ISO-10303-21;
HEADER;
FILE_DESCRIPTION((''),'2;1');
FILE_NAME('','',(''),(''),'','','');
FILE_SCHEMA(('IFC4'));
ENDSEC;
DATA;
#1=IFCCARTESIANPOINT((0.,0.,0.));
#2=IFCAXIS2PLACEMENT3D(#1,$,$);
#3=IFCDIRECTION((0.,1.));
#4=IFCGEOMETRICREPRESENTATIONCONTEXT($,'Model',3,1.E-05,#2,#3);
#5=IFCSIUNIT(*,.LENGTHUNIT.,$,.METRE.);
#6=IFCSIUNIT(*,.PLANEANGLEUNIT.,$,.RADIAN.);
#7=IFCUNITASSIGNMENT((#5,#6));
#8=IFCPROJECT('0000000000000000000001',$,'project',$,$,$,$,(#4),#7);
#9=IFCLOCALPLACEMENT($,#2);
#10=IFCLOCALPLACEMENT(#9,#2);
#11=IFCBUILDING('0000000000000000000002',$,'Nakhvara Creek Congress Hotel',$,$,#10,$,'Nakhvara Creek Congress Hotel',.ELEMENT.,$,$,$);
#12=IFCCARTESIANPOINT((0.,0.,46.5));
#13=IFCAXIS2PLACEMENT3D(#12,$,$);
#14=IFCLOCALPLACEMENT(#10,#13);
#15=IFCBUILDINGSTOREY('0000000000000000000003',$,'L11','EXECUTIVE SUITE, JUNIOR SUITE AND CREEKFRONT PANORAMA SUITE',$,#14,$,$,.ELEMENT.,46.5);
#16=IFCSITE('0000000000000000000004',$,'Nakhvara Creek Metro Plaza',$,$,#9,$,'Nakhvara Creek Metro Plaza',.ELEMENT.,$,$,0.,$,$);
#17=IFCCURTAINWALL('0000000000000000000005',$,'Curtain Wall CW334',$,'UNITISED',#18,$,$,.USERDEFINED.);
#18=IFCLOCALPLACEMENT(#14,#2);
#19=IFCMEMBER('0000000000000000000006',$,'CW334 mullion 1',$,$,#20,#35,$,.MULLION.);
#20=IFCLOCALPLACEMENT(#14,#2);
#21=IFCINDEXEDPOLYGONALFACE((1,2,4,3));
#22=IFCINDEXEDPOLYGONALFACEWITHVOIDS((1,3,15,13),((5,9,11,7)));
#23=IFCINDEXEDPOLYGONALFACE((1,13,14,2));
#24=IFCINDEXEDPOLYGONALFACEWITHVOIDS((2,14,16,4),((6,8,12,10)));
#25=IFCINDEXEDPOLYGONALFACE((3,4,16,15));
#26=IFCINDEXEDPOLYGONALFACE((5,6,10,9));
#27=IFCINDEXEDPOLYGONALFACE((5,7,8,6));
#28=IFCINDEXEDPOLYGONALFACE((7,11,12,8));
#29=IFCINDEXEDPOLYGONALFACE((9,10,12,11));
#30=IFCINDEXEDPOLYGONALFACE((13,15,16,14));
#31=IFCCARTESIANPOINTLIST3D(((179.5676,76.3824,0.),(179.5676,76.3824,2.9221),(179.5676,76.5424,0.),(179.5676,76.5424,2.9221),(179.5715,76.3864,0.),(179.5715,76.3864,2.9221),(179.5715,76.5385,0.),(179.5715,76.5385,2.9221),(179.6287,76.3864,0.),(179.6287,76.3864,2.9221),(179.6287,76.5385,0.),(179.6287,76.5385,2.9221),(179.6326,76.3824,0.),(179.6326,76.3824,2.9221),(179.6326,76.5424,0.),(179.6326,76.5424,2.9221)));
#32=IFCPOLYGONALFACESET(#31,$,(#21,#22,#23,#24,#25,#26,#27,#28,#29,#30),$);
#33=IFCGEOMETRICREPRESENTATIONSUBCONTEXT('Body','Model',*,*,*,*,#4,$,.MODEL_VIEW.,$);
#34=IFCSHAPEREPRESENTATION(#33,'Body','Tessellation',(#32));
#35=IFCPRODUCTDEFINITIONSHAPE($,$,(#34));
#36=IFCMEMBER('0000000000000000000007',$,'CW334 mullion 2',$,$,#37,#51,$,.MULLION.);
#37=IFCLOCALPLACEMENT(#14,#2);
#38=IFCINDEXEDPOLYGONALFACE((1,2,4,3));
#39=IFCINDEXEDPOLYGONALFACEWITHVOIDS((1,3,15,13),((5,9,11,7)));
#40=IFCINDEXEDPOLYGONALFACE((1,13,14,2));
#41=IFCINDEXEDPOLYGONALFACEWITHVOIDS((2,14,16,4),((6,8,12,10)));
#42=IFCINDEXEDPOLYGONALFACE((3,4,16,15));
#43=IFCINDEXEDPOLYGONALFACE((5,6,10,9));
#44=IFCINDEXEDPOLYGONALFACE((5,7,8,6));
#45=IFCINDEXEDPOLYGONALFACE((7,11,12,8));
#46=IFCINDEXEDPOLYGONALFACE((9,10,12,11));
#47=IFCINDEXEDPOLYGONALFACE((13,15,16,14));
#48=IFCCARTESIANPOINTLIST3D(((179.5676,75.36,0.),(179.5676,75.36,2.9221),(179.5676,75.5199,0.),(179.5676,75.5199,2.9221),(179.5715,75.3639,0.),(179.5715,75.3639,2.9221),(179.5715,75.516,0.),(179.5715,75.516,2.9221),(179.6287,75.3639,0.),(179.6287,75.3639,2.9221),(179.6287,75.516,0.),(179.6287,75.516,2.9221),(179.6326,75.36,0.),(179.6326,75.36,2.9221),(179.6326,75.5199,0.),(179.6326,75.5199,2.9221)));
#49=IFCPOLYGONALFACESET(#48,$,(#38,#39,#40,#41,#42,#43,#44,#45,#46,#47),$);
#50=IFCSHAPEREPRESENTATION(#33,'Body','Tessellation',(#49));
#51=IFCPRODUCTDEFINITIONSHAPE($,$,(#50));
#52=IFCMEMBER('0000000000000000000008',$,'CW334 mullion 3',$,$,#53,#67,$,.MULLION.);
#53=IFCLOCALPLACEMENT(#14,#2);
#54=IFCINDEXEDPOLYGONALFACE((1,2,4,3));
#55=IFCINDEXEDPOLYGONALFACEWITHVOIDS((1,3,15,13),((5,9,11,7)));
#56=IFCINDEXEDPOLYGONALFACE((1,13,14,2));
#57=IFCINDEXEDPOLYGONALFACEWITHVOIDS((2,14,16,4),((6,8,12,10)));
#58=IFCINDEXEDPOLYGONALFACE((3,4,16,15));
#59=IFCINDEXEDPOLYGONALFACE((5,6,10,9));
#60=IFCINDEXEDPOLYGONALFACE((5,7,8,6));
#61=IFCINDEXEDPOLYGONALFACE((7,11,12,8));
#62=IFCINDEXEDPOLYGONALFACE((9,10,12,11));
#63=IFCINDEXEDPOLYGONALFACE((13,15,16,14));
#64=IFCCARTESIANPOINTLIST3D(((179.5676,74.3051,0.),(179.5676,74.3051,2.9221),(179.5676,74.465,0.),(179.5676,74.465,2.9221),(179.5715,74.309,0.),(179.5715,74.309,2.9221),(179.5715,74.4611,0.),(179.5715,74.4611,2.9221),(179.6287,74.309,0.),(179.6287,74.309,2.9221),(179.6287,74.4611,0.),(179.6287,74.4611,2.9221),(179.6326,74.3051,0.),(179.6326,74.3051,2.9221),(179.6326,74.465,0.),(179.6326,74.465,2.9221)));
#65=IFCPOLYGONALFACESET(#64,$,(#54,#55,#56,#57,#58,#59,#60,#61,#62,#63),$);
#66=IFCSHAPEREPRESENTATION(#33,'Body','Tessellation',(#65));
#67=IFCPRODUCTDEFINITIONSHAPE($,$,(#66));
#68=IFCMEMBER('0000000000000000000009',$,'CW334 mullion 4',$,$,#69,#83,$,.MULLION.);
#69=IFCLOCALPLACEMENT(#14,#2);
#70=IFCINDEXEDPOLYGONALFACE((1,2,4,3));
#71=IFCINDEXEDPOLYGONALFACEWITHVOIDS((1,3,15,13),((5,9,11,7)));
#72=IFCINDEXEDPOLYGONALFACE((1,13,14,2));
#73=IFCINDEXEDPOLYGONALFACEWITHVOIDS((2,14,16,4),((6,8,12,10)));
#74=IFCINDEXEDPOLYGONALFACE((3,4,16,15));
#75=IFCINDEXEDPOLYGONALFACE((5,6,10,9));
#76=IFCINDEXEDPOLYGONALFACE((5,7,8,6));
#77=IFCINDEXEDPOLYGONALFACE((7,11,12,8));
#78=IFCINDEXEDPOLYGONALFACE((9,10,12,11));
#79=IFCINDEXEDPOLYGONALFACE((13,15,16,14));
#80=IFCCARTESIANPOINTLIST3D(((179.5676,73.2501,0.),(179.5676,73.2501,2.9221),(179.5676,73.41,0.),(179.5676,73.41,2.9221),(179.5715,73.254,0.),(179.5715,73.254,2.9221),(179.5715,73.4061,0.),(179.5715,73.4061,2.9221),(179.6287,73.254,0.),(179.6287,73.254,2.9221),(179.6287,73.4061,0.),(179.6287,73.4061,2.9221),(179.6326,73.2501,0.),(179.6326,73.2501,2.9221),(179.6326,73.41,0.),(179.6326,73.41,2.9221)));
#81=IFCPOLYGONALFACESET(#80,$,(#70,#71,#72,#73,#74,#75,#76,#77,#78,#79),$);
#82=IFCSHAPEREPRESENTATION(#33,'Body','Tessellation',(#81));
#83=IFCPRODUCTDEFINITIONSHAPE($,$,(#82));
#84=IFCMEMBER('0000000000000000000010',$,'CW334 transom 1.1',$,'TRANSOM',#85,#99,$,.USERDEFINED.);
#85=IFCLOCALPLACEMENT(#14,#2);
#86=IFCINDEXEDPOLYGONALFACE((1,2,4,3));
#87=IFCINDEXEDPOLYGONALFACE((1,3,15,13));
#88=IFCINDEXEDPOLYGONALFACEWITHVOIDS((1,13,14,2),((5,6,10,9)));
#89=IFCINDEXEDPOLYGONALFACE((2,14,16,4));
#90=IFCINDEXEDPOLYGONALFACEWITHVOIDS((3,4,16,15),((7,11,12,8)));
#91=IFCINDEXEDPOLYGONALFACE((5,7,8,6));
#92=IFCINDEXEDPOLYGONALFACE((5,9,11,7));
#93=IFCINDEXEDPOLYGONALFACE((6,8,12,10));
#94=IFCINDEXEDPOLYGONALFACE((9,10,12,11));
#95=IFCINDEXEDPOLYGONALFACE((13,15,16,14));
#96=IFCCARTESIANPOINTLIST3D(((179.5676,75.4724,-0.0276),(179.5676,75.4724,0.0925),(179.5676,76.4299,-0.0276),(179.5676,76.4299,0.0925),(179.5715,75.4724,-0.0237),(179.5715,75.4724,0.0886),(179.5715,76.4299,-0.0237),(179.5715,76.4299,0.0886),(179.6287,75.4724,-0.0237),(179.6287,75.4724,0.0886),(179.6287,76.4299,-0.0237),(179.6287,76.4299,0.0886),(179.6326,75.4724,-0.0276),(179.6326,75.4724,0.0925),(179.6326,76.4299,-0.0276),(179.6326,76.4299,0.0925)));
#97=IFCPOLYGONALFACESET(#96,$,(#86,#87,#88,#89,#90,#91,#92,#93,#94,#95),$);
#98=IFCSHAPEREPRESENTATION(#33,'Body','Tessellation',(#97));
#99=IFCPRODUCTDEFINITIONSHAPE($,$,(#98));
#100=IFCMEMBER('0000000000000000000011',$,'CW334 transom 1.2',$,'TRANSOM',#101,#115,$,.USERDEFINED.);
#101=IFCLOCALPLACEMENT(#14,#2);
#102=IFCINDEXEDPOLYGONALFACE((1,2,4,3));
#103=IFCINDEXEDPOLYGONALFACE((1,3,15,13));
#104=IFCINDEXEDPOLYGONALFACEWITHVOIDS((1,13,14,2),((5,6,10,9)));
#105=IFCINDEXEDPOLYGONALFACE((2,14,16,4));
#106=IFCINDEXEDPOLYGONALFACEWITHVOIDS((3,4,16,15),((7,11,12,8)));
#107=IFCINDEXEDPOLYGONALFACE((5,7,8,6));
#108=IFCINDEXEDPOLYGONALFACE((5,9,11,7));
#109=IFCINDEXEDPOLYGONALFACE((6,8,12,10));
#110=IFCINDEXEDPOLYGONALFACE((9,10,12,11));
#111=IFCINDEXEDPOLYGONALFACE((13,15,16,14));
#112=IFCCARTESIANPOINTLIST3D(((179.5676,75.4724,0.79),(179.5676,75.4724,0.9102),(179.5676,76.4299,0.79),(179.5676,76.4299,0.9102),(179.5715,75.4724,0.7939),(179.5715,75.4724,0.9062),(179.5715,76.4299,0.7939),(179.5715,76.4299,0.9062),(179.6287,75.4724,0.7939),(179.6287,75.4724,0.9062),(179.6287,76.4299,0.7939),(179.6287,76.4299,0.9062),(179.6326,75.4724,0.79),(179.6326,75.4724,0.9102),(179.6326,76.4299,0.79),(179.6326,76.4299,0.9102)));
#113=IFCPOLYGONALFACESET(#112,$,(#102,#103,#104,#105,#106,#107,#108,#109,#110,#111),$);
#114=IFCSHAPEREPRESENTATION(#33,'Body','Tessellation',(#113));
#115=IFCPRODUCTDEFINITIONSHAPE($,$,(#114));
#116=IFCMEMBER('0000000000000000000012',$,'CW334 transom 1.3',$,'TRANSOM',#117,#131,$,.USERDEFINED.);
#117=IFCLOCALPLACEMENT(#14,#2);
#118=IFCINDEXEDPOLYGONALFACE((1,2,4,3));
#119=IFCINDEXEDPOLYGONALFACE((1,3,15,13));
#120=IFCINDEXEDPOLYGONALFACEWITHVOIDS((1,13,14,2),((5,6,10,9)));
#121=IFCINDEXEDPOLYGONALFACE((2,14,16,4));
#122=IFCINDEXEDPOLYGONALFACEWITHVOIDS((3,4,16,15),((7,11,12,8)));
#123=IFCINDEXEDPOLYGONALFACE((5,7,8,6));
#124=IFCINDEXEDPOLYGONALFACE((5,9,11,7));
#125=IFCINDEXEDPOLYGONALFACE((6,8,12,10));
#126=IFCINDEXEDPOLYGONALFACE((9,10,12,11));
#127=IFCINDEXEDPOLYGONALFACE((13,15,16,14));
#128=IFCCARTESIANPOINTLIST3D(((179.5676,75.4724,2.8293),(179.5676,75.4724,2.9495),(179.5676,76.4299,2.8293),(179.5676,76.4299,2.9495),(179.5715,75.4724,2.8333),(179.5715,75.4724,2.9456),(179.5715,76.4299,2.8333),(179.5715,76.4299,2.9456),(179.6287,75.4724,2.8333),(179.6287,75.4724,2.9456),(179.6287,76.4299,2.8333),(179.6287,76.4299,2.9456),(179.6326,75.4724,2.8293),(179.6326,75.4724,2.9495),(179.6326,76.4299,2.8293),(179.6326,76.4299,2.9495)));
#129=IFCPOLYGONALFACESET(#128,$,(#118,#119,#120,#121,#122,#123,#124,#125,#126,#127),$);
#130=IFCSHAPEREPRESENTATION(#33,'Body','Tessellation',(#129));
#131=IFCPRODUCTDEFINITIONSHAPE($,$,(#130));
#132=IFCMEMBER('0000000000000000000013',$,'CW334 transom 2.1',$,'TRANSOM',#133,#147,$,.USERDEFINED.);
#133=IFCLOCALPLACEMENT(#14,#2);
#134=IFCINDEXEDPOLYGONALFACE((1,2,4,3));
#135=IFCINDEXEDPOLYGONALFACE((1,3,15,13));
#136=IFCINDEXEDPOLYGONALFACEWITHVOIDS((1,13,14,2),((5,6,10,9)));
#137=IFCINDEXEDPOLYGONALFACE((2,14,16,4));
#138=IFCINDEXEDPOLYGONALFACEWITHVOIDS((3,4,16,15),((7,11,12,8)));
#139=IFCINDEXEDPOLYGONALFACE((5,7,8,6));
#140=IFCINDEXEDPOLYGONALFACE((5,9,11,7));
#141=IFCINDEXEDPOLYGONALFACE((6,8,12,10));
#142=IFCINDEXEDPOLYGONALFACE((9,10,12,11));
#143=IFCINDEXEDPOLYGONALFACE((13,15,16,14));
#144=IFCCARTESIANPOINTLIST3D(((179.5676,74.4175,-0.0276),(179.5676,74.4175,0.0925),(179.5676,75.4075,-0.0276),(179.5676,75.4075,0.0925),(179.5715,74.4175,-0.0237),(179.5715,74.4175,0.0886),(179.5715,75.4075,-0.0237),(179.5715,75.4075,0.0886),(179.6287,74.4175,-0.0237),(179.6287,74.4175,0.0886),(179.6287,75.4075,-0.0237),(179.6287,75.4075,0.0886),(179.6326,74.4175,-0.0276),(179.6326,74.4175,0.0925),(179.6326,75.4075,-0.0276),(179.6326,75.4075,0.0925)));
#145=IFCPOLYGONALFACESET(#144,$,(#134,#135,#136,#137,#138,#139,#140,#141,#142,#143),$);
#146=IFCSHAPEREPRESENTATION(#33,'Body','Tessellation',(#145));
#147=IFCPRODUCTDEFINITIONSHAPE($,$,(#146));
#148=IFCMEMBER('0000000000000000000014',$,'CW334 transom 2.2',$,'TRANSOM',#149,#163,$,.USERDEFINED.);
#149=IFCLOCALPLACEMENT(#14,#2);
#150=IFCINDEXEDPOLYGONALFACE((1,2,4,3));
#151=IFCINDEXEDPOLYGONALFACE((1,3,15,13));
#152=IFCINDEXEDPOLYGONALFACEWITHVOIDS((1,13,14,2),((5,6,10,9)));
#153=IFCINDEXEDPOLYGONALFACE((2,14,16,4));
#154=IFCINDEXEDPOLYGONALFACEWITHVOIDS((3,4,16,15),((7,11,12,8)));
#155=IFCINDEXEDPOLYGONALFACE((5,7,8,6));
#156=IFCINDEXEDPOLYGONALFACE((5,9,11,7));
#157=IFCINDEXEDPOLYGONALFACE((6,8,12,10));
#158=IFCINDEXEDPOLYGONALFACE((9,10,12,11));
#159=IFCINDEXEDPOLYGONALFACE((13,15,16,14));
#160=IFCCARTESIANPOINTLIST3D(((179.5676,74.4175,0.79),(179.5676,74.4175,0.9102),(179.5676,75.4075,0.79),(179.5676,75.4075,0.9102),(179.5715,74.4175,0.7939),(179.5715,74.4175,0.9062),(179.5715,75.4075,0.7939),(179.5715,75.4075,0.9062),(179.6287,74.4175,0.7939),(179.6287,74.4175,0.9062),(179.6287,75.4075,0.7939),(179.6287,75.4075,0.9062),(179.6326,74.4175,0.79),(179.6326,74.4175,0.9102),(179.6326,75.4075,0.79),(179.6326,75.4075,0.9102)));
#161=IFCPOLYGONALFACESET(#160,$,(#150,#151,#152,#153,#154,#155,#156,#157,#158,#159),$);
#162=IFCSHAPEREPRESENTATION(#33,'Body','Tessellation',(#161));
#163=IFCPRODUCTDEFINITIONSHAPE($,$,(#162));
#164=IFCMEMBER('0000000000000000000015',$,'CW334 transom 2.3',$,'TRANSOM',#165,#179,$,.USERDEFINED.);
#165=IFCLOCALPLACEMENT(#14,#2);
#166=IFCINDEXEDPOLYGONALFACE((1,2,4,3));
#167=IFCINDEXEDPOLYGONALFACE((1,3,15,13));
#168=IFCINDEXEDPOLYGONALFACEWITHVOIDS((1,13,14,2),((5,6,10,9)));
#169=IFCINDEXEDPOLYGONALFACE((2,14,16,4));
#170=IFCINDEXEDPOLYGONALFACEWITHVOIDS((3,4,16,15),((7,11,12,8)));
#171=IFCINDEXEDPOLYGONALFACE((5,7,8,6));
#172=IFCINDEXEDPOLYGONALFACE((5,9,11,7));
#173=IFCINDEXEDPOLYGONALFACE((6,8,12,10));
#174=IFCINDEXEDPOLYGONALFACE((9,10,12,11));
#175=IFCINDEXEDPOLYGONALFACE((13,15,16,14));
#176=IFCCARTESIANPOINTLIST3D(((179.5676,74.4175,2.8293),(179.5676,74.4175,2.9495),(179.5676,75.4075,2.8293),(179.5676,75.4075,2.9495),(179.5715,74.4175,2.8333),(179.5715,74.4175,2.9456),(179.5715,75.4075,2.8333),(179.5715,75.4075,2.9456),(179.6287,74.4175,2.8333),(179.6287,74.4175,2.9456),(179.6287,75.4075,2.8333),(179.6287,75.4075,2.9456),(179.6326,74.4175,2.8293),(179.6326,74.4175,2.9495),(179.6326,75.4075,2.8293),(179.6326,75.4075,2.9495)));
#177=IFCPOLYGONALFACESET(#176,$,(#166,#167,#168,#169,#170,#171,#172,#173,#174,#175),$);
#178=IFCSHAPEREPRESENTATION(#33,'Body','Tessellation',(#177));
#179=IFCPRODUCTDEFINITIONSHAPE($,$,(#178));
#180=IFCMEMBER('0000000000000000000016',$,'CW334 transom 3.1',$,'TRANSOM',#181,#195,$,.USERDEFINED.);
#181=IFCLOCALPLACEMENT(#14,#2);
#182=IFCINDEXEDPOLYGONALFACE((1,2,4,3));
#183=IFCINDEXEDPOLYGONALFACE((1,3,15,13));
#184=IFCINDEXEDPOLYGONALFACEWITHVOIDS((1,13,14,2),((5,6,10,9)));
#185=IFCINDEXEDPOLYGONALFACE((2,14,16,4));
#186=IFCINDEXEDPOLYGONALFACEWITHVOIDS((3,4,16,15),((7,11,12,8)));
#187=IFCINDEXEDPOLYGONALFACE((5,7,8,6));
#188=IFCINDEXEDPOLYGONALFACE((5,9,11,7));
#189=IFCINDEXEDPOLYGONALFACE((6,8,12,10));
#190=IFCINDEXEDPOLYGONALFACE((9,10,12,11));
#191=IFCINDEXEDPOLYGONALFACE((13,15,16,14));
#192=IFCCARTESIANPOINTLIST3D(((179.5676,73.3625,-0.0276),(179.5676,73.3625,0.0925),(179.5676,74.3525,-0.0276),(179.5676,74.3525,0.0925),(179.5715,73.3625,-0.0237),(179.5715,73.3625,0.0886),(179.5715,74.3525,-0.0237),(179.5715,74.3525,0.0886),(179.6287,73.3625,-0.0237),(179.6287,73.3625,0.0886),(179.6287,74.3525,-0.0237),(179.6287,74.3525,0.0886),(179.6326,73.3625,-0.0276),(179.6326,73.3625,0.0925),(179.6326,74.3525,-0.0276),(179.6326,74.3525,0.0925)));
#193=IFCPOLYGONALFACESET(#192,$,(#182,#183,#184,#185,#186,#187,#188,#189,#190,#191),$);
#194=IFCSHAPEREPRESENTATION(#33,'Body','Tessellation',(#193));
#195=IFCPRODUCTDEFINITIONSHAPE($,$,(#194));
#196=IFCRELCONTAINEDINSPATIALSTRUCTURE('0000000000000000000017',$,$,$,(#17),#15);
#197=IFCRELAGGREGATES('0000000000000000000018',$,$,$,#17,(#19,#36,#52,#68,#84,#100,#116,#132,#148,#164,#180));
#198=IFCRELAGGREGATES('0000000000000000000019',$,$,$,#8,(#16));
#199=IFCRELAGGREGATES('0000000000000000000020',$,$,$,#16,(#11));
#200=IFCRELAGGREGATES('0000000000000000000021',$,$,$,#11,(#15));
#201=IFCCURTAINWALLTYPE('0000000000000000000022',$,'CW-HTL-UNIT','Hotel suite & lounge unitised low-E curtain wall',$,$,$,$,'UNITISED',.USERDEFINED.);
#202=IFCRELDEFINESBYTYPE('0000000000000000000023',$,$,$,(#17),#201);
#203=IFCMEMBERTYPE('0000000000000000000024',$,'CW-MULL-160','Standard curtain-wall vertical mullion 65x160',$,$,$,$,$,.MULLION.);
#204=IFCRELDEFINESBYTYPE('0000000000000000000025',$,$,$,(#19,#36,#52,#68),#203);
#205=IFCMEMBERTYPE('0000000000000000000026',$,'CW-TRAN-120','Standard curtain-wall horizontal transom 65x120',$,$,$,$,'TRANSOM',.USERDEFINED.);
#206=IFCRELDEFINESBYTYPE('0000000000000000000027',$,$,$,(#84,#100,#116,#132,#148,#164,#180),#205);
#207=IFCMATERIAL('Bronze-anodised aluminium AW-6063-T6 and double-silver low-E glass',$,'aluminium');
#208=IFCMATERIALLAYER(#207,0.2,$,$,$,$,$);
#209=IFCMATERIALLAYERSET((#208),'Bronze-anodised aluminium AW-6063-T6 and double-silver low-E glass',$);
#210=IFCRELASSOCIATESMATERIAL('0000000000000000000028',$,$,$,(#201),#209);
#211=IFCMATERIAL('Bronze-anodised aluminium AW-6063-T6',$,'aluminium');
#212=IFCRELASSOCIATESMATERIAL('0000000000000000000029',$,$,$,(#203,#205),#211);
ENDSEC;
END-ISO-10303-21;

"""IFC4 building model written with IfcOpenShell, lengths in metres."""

from ifc_helpers import new_model, si_unit, direction, frame, origin, origin_2d, place, context, subcontext, project, spatial, hollow_rectangle, extrude, material, layer, layer_set, material_profile, profile_set, type_object, element, aggregate, save


model = new_model("IFC4")

# Units and contexts
model_context = context("Model", 3, precision=1e-05, world=origin(), true_north=direction((0.0, 1.0)))
body_context = subcontext(model_context, "Body", "Model", "MODEL_VIEW")
ifc_project = project(units=[si_unit("LENGTHUNIT", "METRE"), si_unit("PLANEANGLEUNIT", "RADIAN")], contexts=[model_context])

# Site, building, storey
site_placement = place(None, origin())
site = spatial("IfcSite", under=ifc_project, at=site_placement, Name="Nakhvara Creek Metro Plaza", LongName="Nakhvara Creek Metro Plaza", CompositionType="ELEMENT", RefElevation=0.0)
building_placement = place(site_placement, origin())
building = spatial("IfcBuilding", under=site, at=building_placement, Name="Nakhvara Creek Congress Hotel", LongName="Nakhvara Creek Congress Hotel", CompositionType="ELEMENT")
storey_placement = place(building_placement, frame((0.0, 0.0, 46.5)))
storey = spatial("IfcBuildingStorey", under=building, at=storey_placement, Name="L11", Description="EXECUTIVE SUITE, JUNIOR SUITE AND CREEKFRONT PANORAMA SUITE", CompositionType="ELEMENT", Elevation=46.5)

# Curtain wall, members
ifc_material_1 = material(Name="Bronze-anodised aluminium AW-6063-T6 and double-silver low-E glass", Category="aluminium")
ifc_layer_1 = layer(ifc_material_1, 0.2)
ifc_layer_set_1 = layer_set([ifc_layer_1], Name="Bronze-anodised aluminium AW-6063-T6 and double-silver low-E glass")
curtain_wall_type = type_object("IfcCurtainWallType", Name="CW-HTL-UNIT", Description="Hotel suite & lounge unitised low-E curtain wall", ElementType="UNITISED", PredefinedType="USERDEFINED", material=ifc_layer_set_1)
curtain_wall_placement = place(storey_placement, origin())
curtain_wall = element("IfcCurtainWall", 1, at=curtain_wall_placement, inside=storey, type_object=curtain_wall_type, Name="Curtain Wall CW334", ObjectType="UNITISED", PredefinedType="USERDEFINED")
ifc_material_2 = material(Name="Bronze-anodised aluminium AW-6063-T6", Category="aluminium")
ifc_material_profile_1 = material_profile(ifc_material_2, hollow_rectangle(XDim=0.0649, YDim=0.1599, WallThickness=0.0039, at=origin_2d()), Name="ALU-MULL 65x160x4", Category="LoadBearing")
ifc_profile_set_1 = profile_set([ifc_material_profile_1], Name="Bronze-anodised aluminium AW-6063-T6")
member_type_1 = type_object("IfcMemberType", Name="CW-MULL-160", Description="Standard curtain-wall vertical mullion 65x160", PredefinedType="MULLION", material=ifc_profile_set_1)
member_1_placement = place(storey_placement, frame((179.6001, 76.4624, 0.0), z_axis=(0.0, 0.0, 1.0), x_axis=(1.0, 0.0, 0.0)))
member_1 = element("IfcMember", 2, at=member_1_placement, type_object=member_type_1, Name="CW334 mullion 1", PredefinedType="MULLION", context=body_context, shape_type="SweptSolid", body=[
    extrude(hollow_rectangle(XDim=0.0649, YDim=0.1599, WallThickness=0.0039, at=origin_2d()), origin(), (0.0, 0.0, 1.0), 2.9221),
])
member_2_placement = place(storey_placement, frame((179.6001, 75.4399, 0.0), z_axis=(0.0, 0.0, 1.0), x_axis=(1.0, 0.0, 0.0)))
member_2 = element("IfcMember", 3, at=member_2_placement, type_object=member_type_1, Name="CW334 mullion 2", PredefinedType="MULLION", context=body_context, shape_type="SweptSolid", body=[
    extrude(hollow_rectangle(XDim=0.0649, YDim=0.1599, WallThickness=0.0039, at=origin_2d()), origin(), (0.0, 0.0, 1.0), 2.9221),
])
member_3_placement = place(storey_placement, frame((179.6001, 74.385, 0.0), z_axis=(0.0, 0.0, 1.0), x_axis=(1.0, 0.0, 0.0)))
member_3 = element("IfcMember", 4, at=member_3_placement, type_object=member_type_1, Name="CW334 mullion 3", PredefinedType="MULLION", context=body_context, shape_type="SweptSolid", body=[
    extrude(hollow_rectangle(XDim=0.0649, YDim=0.1599, WallThickness=0.0039, at=origin_2d()), origin(), (0.0, 0.0, 1.0), 2.9221),
])
member_4_placement = place(storey_placement, frame((179.6001, 73.3301, 0.0), z_axis=(0.0, 0.0, 1.0), x_axis=(1.0, 0.0, 0.0)))
member_4 = element("IfcMember", 5, at=member_4_placement, type_object=member_type_1, Name="CW334 mullion 4", PredefinedType="MULLION", context=body_context, shape_type="SweptSolid", body=[
    extrude(hollow_rectangle(XDim=0.0649, YDim=0.1599, WallThickness=0.0039, at=origin_2d()), origin(), (0.0, 0.0, 1.0), 2.9221),
])
ifc_material_profile_2 = material_profile(ifc_material_2, hollow_rectangle(XDim=0.0649, YDim=0.1201, WallThickness=0.0039, at=origin_2d()), Name="ALU-TRAN 65x120x4", Category="LoadBearing")
ifc_profile_set_2 = profile_set([ifc_material_profile_2], Name="Bronze-anodised aluminium AW-6063-T6")
member_type_2 = type_object("IfcMemberType", Name="CW-TRAN-120", Description="Standard curtain-wall horizontal transom 65x120", ElementType="TRANSOM", PredefinedType="USERDEFINED", material=ifc_profile_set_2)
member_5_placement = place(storey_placement, frame((179.6001, 76.4299, 0.0325), z_axis=(0.0, -1.0, 0.0), x_axis=(1.0, 0.0, 0.0)))
member_5 = element("IfcMember", 6, at=member_5_placement, type_object=member_type_2, Name="CW334 transom 1.1", ObjectType="TRANSOM", PredefinedType="USERDEFINED", context=body_context, shape_type="SweptSolid", body=[
    extrude(hollow_rectangle(XDim=0.0649, YDim=0.1201, WallThickness=0.0039, at=origin_2d()), origin(), (0.0, 0.0, 1.0), 0.9575),
])
member_6_placement = place(storey_placement, frame((179.6001, 76.4299, 0.8501), z_axis=(0.0, -1.0, 0.0), x_axis=(1.0, 0.0, 0.0)))
member_6 = element("IfcMember", 7, at=member_6_placement, type_object=member_type_2, Name="CW334 transom 1.2", ObjectType="TRANSOM", PredefinedType="USERDEFINED", context=body_context, shape_type="SweptSolid", body=[
    extrude(hollow_rectangle(XDim=0.0649, YDim=0.1201, WallThickness=0.0039, at=origin_2d()), origin(), (0.0, 0.0, 1.0), 0.9575),
])
member_7_placement = place(storey_placement, frame((179.6001, 76.4299, 2.8894), z_axis=(0.0, -1.0, 0.0), x_axis=(1.0, 0.0, 0.0)))
member_7 = element("IfcMember", 8, at=member_7_placement, type_object=member_type_2, Name="CW334 transom 1.3", ObjectType="TRANSOM", PredefinedType="USERDEFINED", context=body_context, shape_type="SweptSolid", body=[
    extrude(hollow_rectangle(XDim=0.0649, YDim=0.1201, WallThickness=0.0039, at=origin_2d()), origin(), (0.0, 0.0, 1.0), 0.9575),
])
member_8_placement = place(storey_placement, frame((179.6001, 75.4075, 0.0325), z_axis=(0.0, -1.0, 0.0), x_axis=(1.0, 0.0, 0.0)))
member_8 = element("IfcMember", 9, at=member_8_placement, type_object=member_type_2, Name="CW334 transom 2.1", ObjectType="TRANSOM", PredefinedType="USERDEFINED", context=body_context, shape_type="SweptSolid", body=[
    extrude(hollow_rectangle(XDim=0.0649, YDim=0.1201, WallThickness=0.0039, at=origin_2d()), origin(), (0.0, 0.0, 1.0), 0.99),
])
member_9_placement = place(storey_placement, frame((179.6001, 75.4075, 0.8501), z_axis=(0.0, -1.0, 0.0), x_axis=(1.0, 0.0, 0.0)))
member_9 = element("IfcMember", 10, at=member_9_placement, type_object=member_type_2, Name="CW334 transom 2.2", ObjectType="TRANSOM", PredefinedType="USERDEFINED", context=body_context, shape_type="SweptSolid", body=[
    extrude(hollow_rectangle(XDim=0.0649, YDim=0.1201, WallThickness=0.0039, at=origin_2d()), origin(), (0.0, 0.0, 1.0), 0.99),
])
member_10_placement = place(storey_placement, frame((179.6001, 75.4075, 2.8894), z_axis=(0.0, -1.0, 0.0), x_axis=(1.0, 0.0, 0.0)))
member_10 = element("IfcMember", 11, at=member_10_placement, type_object=member_type_2, Name="CW334 transom 2.3", ObjectType="TRANSOM", PredefinedType="USERDEFINED", context=body_context, shape_type="SweptSolid", body=[
    extrude(hollow_rectangle(XDim=0.0649, YDim=0.1201, WallThickness=0.0039, at=origin_2d()), origin(), (0.0, 0.0, 1.0), 0.99),
])
member_11_placement = place(storey_placement, frame((179.6001, 74.3525, 0.0325), z_axis=(0.0, -1.0, 0.0), x_axis=(1.0, 0.0, 0.0)))
member_11 = element("IfcMember", 12, at=member_11_placement, type_object=member_type_2, Name="CW334 transom 3.1", ObjectType="TRANSOM", PredefinedType="USERDEFINED", context=body_context, shape_type="SweptSolid", body=[
    extrude(hollow_rectangle(XDim=0.0649, YDim=0.1201, WallThickness=0.0039, at=origin_2d()), origin(), (0.0, 0.0, 1.0), 0.99),
])
aggregate(curtain_wall, [member_1, member_2, member_3, member_4, member_5, member_6, member_7, member_8, member_9, member_10, member_11])

save(model, "model.ifc")
